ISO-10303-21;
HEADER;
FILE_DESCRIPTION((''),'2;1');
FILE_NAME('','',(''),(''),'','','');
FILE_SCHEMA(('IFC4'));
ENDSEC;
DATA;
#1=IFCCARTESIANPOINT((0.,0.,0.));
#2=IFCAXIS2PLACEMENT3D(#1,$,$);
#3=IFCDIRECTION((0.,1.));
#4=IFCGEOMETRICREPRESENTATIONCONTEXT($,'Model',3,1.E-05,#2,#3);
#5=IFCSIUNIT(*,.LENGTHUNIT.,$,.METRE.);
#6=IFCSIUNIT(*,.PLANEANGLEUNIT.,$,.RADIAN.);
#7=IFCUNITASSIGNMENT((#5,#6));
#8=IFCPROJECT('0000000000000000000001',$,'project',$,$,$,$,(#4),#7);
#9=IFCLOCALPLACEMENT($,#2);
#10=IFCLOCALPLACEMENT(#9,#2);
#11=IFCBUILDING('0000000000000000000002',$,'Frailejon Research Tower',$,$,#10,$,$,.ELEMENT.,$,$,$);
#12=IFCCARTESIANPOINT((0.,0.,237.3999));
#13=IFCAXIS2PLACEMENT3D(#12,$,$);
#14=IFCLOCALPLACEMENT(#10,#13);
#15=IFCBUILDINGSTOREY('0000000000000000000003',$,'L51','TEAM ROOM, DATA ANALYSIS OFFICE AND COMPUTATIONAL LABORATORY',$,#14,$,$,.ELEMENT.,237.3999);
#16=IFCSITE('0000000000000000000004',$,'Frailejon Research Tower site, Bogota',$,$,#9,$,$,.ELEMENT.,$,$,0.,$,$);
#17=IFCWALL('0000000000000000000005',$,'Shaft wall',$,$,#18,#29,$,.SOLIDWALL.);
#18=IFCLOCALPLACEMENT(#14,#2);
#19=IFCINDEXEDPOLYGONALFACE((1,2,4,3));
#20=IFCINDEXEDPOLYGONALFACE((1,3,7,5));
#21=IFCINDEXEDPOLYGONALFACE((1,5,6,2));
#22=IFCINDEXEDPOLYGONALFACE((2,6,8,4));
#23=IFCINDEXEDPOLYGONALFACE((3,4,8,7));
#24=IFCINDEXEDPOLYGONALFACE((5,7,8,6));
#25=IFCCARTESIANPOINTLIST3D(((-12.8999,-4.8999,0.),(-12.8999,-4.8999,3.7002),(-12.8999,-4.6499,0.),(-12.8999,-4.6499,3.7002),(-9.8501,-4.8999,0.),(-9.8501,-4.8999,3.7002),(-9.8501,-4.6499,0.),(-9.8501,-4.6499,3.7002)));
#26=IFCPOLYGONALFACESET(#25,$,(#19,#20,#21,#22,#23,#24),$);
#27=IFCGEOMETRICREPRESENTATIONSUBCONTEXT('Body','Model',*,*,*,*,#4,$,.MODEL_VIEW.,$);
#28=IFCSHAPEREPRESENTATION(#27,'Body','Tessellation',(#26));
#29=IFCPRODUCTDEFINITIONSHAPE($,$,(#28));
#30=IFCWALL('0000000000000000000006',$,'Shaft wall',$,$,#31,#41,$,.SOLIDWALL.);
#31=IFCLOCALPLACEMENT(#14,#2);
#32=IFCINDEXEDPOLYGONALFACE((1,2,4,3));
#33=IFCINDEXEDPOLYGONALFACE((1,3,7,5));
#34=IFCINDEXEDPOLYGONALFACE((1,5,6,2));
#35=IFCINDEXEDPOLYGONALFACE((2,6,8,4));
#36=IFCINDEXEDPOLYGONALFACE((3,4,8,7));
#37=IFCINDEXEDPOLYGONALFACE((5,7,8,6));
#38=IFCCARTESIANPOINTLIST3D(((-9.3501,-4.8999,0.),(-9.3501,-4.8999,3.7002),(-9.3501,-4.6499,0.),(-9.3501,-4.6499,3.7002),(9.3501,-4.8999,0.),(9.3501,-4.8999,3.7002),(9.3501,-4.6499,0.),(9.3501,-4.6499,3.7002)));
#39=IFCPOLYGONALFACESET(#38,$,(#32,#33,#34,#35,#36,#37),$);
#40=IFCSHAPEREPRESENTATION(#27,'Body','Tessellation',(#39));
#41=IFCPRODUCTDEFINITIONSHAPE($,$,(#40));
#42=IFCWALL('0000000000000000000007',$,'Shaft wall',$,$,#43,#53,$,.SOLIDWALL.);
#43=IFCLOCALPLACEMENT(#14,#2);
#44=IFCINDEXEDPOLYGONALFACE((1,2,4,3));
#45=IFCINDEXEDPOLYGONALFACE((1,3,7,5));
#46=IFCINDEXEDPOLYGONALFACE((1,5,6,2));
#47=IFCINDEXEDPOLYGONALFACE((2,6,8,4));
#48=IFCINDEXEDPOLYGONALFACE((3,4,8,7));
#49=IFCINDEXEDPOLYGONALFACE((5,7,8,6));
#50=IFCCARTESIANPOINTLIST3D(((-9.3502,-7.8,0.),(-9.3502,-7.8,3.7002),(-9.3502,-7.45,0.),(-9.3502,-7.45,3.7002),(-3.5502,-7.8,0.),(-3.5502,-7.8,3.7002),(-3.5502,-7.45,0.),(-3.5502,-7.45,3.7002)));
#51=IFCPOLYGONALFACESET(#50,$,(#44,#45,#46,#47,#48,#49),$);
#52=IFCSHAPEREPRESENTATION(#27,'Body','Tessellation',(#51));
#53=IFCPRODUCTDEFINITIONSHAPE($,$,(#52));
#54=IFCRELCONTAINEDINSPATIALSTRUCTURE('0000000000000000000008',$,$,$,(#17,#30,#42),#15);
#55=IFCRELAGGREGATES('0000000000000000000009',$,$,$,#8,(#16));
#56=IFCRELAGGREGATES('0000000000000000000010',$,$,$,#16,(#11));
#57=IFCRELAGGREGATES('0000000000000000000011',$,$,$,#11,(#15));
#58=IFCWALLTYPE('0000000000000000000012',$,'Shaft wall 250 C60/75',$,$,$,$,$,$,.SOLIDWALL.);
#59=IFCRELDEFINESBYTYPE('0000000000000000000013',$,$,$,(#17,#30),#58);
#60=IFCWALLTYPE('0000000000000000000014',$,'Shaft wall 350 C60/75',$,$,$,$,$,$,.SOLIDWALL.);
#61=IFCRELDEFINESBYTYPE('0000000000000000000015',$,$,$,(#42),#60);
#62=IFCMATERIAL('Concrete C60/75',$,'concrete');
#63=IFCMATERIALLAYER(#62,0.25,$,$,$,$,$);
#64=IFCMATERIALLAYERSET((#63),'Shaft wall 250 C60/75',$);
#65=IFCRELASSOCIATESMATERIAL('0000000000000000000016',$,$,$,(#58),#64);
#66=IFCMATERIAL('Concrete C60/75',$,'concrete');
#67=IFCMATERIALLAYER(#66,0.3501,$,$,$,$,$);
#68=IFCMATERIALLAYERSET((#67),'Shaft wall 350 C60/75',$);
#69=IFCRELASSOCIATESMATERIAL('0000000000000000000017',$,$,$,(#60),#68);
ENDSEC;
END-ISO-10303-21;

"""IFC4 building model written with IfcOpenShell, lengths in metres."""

from ifc_helpers import new_model, si_unit, direction, frame, frame_2d, origin, place, context, subcontext, project, spatial, rectangle, extrude, material, layer, layer_set, type_object, element, save


model = new_model("IFC4")

# Units and contexts
model_context = context("Model", 3, precision=1e-05, world=origin(), true_north=direction((0.0, 1.0)))
body_context = subcontext(model_context, "Body", "Model", "MODEL_VIEW")
ifc_project = project(units=[si_unit("LENGTHUNIT", "METRE"), si_unit("PLANEANGLEUNIT", "RADIAN")], contexts=[model_context])

# Site, building, storey
site_placement = place(None, origin())
site = spatial("IfcSite", under=ifc_project, at=site_placement, Name="Frailejon Research Tower site, Bogota", CompositionType="ELEMENT", RefElevation=0.0)
building_placement = place(site_placement, origin())
building = spatial("IfcBuilding", under=site, at=building_placement, Name="Frailejon Research Tower", CompositionType="ELEMENT")
storey_placement = place(building_placement, frame((0.0, 0.0, 237.3999)))
storey = spatial("IfcBuildingStorey", under=building, at=storey_placement, Name="L51", Description="TEAM ROOM, DATA ANALYSIS OFFICE AND COMPUTATIONAL LABORATORY", CompositionType="ELEMENT", Elevation=237.3999)

# Shared definitions
ifc_material_1 = material(Name="Concrete C60/75", Category="concrete")
ifc_layer_1 = layer(ifc_material_1, 0.25)
ifc_layer_set_1 = layer_set([ifc_layer_1], Name="Shaft wall 250 C60/75")
wall_type_1 = type_object("IfcWallType", Name="Shaft wall 250 C60/75", PredefinedType="SOLIDWALL", material=ifc_layer_set_1)

# Walls
wall_1_placement = place(storey_placement, frame((-12.8999, -4.7749, 0.0), z_axis=(0.0, 0.0, 1.0), x_axis=(1.0, 0.0, 0.0)))
element("IfcWall", 1, at=wall_1_placement, inside=storey, type_object=wall_type_1, Name="Shaft wall", PredefinedType="SOLIDWALL", context=body_context, shape_type="SweptSolid", body=[
    extrude(rectangle(XDim=3.0498, YDim=0.25, at=frame_2d((1.5249, 0.0))), origin(), (0.0, 0.0, 1.0), 3.7002),
])
wall_2_placement = place(storey_placement, frame((-9.3501, -4.7749, 0.0), z_axis=(0.0, 0.0, 1.0), x_axis=(1.0, 0.0, 0.0)))
element("IfcWall", 2, at=wall_2_placement, inside=storey, type_object=wall_type_1, Name="Shaft wall", PredefinedType="SOLIDWALL", context=body_context, shape_type="SweptSolid", body=[
    extrude(rectangle(XDim=18.7002, YDim=0.25, at=frame_2d((9.3501, 0.0))), origin(), (0.0, 0.0, 1.0), 3.7002),
])
ifc_material_2 = material(Name="Concrete C60/75", Category="concrete")
ifc_layer_2 = layer(ifc_material_2, 0.3501)
ifc_layer_set_2 = layer_set([ifc_layer_2], Name="Shaft wall 350 C60/75")
wall_type_2 = type_object("IfcWallType", Name="Shaft wall 350 C60/75", PredefinedType="SOLIDWALL", material=ifc_layer_set_2)
wall_3_placement = place(storey_placement, frame((-9.3501, -7.625, 0.0), z_axis=(0.0, 0.0, 1.0), x_axis=(1.0, 0.0, 0.0)))
element("IfcWall", 3, at=wall_3_placement, inside=storey, type_object=wall_type_2, Name="Shaft wall", PredefinedType="SOLIDWALL", context=body_context, shape_type="SweptSolid", body=[
    extrude(rectangle(XDim=5.8, YDim=0.3501, at=frame_2d((2.8999, 0.0))), origin(), (0.0, 0.0, 1.0), 3.7002),
])

save(model, "model.ifc")
